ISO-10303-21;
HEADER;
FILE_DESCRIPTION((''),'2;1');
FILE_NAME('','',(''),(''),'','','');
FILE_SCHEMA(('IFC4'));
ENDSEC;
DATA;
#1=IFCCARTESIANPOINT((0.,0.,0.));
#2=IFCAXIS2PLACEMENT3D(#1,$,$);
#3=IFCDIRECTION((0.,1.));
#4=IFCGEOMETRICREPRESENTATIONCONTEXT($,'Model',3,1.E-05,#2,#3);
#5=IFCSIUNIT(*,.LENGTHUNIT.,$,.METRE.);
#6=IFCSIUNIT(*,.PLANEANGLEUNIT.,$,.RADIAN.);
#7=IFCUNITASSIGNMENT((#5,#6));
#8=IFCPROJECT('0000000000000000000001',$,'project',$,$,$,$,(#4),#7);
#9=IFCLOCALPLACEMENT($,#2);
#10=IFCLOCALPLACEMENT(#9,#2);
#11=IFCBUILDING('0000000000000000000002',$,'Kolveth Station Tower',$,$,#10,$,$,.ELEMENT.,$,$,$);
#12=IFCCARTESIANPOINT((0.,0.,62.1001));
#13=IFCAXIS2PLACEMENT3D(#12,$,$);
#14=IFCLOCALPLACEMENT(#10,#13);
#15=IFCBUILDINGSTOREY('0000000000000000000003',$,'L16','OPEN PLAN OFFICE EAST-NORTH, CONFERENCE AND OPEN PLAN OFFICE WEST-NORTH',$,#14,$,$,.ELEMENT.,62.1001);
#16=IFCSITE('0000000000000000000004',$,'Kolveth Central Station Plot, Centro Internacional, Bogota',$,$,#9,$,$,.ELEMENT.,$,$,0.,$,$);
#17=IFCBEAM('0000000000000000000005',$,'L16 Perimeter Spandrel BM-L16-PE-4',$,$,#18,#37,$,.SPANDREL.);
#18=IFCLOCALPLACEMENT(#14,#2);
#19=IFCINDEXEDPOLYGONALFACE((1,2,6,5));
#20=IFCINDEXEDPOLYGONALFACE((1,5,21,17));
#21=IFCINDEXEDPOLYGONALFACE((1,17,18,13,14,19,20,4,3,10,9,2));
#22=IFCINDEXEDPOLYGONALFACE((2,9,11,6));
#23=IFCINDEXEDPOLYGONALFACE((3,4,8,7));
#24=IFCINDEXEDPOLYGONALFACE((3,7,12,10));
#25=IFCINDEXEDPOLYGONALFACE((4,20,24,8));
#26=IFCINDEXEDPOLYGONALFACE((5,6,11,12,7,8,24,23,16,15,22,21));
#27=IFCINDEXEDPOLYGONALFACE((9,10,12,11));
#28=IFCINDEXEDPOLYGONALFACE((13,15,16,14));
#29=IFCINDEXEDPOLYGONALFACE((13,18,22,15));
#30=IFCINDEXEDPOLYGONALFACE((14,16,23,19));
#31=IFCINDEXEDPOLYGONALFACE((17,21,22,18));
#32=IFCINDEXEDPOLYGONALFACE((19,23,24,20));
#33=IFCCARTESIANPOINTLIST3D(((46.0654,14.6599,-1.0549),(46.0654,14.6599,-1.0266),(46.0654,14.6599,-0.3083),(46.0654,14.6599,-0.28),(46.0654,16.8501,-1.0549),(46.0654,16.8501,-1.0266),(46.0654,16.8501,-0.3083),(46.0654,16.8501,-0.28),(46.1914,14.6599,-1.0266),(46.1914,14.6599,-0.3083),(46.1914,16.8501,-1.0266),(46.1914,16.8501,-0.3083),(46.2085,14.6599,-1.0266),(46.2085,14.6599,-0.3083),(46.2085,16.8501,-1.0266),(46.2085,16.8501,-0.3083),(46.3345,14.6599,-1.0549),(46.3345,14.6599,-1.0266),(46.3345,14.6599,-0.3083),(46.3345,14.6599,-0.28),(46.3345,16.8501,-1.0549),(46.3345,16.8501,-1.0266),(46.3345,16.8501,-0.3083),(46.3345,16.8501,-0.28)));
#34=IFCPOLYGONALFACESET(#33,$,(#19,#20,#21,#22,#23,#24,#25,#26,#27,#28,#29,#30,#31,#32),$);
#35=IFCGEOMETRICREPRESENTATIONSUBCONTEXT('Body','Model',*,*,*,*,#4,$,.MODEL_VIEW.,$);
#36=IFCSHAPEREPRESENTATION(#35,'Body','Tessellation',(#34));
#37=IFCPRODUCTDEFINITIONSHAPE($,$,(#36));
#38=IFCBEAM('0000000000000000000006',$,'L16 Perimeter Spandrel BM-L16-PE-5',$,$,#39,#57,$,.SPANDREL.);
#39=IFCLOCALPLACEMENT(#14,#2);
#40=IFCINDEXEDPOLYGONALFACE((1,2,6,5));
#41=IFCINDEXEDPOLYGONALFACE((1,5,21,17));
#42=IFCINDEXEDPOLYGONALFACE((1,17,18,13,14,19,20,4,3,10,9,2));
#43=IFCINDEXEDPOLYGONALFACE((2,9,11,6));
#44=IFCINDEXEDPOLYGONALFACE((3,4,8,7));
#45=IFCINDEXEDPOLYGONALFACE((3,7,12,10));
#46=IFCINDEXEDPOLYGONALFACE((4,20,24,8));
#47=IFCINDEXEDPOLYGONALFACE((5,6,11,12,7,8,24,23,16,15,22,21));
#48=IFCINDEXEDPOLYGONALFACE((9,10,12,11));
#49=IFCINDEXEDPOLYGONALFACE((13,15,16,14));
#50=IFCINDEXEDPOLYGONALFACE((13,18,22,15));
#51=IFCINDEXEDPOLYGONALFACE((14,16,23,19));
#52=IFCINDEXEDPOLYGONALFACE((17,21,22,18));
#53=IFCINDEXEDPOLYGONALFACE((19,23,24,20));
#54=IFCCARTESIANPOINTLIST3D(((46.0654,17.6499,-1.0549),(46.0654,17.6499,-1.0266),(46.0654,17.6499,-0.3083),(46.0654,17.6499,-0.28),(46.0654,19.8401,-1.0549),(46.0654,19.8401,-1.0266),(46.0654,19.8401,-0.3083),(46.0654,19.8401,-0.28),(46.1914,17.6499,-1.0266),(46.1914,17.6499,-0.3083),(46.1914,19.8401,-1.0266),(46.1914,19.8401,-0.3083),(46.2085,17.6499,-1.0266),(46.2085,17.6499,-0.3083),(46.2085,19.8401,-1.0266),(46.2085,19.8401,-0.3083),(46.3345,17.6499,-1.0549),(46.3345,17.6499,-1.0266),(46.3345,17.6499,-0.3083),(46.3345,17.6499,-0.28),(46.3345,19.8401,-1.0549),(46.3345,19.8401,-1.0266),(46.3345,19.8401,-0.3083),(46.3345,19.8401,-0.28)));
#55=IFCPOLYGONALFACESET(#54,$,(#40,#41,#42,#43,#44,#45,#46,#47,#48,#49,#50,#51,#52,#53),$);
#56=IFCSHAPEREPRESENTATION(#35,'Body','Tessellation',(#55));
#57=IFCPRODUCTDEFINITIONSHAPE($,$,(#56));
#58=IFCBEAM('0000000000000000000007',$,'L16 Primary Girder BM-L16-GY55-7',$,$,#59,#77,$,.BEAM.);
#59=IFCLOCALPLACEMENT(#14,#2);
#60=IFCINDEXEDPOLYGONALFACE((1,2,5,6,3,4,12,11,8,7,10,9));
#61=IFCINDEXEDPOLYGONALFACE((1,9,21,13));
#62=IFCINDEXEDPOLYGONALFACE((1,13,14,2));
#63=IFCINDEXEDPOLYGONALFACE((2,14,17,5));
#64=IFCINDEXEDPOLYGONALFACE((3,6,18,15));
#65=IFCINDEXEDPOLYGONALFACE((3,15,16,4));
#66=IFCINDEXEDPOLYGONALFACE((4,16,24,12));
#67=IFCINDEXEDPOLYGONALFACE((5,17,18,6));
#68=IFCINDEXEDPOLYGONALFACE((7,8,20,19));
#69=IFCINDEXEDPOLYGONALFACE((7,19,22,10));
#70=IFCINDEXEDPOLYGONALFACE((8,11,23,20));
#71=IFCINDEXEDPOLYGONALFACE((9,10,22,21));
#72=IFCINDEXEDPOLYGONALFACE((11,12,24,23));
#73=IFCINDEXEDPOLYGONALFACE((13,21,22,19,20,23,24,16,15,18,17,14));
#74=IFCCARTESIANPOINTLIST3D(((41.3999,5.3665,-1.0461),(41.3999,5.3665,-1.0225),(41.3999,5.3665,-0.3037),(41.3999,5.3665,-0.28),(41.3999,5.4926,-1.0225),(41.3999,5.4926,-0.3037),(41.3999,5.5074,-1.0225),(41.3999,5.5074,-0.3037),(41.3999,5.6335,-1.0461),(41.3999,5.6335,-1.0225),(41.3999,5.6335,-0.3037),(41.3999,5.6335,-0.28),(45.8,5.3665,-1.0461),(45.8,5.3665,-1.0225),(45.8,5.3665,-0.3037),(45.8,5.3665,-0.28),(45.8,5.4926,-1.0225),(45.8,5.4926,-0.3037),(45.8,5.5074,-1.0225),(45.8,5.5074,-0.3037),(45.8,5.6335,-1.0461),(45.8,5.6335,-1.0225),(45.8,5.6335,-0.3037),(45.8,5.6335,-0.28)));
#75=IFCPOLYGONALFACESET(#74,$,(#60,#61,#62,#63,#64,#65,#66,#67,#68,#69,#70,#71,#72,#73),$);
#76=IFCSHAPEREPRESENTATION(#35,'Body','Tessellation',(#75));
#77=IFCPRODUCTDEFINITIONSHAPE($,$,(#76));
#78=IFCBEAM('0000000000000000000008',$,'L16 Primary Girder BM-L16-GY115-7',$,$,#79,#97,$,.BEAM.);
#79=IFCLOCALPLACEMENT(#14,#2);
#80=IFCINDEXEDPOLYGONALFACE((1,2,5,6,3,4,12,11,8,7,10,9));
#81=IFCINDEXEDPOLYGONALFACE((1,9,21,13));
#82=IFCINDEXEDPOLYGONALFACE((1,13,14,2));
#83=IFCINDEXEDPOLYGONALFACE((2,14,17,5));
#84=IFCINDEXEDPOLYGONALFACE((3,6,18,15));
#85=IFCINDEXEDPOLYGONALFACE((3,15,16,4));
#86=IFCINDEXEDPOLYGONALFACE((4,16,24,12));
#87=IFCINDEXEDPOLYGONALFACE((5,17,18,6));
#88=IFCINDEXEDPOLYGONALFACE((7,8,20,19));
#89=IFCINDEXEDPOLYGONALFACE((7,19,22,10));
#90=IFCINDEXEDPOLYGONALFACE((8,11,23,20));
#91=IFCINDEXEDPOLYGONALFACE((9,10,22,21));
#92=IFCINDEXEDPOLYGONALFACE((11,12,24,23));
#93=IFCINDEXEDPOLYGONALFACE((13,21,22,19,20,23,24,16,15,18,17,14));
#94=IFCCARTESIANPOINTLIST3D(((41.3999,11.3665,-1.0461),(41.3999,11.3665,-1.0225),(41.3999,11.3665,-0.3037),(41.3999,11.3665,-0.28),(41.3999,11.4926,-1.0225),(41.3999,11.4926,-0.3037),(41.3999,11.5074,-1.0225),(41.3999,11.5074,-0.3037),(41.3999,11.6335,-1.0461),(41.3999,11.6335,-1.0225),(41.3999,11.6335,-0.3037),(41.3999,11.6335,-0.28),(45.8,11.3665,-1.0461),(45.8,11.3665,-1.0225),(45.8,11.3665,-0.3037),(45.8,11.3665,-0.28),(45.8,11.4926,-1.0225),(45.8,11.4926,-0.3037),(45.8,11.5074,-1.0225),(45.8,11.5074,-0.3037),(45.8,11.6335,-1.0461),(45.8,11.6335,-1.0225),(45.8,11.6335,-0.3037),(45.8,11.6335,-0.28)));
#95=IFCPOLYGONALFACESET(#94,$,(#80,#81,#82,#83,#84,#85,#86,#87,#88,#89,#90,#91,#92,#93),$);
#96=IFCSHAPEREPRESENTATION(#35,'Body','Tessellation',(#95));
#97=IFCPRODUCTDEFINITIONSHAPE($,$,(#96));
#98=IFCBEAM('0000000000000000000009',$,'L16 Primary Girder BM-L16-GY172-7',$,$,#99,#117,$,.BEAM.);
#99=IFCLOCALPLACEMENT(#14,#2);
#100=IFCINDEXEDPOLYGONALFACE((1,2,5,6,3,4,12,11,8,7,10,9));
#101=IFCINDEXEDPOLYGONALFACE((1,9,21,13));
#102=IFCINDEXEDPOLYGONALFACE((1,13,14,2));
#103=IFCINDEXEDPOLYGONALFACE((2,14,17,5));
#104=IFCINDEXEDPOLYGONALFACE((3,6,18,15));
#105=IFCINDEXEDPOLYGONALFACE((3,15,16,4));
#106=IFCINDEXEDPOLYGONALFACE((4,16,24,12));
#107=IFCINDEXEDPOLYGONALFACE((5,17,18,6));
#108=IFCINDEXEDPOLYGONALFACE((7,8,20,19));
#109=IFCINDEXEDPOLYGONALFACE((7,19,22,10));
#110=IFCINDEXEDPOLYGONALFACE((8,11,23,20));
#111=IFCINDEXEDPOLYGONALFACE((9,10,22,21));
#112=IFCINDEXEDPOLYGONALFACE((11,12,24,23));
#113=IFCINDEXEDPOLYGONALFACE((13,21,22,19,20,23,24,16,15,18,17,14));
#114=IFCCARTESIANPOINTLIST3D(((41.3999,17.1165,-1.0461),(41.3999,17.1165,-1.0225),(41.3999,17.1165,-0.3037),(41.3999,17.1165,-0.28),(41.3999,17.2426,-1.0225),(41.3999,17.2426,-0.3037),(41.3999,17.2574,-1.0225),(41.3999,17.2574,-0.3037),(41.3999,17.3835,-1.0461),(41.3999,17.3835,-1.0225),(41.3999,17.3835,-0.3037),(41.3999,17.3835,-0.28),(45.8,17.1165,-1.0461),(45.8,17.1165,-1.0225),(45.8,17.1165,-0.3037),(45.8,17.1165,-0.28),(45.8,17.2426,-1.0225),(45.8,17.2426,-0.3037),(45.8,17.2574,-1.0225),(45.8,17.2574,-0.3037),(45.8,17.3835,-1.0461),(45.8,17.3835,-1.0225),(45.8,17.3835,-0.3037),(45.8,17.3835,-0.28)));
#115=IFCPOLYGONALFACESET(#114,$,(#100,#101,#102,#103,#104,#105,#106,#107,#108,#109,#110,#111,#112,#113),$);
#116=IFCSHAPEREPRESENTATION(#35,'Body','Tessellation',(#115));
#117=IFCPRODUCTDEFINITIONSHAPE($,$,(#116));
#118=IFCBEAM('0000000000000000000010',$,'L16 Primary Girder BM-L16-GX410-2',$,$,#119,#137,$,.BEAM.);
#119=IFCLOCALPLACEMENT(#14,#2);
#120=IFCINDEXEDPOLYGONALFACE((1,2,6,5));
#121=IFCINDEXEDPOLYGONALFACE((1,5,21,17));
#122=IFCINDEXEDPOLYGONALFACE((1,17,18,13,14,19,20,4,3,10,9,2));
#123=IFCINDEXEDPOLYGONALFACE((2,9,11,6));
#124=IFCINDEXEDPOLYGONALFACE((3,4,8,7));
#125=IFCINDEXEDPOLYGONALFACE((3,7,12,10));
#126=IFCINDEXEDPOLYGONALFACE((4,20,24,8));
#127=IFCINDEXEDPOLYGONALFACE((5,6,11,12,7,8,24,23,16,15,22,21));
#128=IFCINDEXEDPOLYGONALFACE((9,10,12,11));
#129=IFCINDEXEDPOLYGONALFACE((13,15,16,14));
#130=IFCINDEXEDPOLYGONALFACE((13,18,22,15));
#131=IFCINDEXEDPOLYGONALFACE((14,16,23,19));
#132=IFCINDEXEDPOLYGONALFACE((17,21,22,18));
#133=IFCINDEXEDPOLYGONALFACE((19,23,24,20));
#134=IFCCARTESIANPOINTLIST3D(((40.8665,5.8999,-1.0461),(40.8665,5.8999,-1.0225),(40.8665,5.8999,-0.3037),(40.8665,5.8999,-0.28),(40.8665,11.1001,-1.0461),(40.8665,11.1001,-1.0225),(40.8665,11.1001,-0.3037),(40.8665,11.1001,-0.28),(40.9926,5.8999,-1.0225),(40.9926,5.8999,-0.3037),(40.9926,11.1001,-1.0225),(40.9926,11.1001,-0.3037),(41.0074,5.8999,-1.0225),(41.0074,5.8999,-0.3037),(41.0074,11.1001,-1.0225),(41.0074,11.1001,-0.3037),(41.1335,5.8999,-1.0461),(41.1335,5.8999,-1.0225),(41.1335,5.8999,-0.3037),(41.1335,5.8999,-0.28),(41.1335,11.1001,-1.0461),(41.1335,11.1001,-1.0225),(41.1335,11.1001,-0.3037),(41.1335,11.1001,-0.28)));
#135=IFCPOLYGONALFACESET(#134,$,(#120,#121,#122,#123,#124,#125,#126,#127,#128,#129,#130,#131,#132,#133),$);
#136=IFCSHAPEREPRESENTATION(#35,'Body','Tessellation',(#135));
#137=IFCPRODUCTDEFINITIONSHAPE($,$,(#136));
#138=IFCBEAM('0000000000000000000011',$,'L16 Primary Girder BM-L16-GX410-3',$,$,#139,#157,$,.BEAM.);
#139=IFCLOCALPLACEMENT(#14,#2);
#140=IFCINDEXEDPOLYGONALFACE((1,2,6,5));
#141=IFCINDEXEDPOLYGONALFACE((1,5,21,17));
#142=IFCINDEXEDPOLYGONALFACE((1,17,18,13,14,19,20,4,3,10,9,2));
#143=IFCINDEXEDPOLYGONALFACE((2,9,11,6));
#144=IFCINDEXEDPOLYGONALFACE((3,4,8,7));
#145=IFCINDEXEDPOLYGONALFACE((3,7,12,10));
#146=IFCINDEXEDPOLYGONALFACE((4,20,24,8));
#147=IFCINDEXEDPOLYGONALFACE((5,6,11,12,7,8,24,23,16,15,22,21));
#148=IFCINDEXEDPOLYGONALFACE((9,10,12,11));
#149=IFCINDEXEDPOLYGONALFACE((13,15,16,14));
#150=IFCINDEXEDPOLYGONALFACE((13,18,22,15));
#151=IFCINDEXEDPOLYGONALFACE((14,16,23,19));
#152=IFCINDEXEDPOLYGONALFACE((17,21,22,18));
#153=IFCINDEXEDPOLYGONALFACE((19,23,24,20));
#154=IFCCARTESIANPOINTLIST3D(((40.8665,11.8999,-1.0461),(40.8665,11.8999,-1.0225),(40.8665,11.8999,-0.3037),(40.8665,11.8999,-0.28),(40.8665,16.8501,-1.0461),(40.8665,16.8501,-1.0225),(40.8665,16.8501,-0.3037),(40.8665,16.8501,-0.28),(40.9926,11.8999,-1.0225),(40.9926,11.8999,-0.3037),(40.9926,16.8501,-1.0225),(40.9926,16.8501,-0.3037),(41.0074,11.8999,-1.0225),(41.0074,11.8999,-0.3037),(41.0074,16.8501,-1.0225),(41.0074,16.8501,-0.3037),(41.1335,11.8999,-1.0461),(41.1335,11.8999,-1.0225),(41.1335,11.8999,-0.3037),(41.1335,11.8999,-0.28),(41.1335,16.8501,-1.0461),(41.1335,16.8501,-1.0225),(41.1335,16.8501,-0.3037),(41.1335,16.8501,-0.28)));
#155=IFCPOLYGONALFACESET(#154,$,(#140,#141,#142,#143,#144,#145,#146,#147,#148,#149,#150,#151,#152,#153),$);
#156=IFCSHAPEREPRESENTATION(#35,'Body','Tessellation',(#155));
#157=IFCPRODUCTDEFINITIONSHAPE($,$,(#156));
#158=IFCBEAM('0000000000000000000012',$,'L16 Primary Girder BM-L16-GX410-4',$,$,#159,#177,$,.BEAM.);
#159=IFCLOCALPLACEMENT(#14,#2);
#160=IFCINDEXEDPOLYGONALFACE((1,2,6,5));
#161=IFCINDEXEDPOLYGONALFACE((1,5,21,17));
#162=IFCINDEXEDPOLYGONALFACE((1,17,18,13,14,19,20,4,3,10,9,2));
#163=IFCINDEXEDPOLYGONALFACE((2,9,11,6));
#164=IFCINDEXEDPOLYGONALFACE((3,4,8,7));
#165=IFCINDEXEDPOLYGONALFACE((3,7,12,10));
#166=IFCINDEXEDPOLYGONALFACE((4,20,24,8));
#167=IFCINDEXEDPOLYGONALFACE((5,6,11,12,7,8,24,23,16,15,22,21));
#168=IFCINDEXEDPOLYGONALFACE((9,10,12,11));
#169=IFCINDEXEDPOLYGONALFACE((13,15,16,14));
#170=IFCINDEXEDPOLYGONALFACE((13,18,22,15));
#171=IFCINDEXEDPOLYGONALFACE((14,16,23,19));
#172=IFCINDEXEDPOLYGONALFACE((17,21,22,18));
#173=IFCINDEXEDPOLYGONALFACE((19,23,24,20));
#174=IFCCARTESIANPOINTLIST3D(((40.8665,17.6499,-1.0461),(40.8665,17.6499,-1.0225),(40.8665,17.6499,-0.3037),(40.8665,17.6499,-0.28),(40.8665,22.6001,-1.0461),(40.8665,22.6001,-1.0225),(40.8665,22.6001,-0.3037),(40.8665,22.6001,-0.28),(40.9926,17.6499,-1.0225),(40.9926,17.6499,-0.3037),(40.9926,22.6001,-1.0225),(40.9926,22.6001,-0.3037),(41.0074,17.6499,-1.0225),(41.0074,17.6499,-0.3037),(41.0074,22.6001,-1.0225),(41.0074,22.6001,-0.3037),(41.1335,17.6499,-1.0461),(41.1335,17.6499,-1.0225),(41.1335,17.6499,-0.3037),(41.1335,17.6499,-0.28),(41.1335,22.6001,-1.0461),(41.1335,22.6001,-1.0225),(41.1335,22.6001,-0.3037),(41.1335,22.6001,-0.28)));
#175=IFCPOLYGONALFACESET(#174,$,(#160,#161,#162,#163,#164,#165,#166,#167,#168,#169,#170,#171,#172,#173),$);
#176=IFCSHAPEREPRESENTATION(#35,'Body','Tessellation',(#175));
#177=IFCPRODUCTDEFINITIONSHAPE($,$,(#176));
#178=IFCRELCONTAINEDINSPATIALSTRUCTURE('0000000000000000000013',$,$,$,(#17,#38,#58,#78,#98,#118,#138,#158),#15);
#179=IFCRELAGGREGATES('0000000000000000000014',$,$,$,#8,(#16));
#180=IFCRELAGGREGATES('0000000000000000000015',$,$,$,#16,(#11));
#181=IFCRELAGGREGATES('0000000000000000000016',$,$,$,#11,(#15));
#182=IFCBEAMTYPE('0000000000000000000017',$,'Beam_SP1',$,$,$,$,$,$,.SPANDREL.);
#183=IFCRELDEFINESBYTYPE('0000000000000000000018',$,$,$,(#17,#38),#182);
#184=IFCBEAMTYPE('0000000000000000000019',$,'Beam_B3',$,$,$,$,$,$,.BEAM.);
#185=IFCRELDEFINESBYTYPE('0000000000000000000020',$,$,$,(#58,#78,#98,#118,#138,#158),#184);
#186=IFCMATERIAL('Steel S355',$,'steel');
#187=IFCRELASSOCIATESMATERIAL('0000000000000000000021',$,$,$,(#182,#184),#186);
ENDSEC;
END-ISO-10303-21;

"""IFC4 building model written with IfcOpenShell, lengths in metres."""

from ifc_helpers import new_model, si_unit, direction, frame, origin, origin_2d, place, context, subcontext, project, spatial, i_section, extrude, source, transform, mapped, material, material_profile, profile_set, type_object, element, save


model = new_model("IFC4")

# Units and contexts
model_context = context("Model", 3, precision=1e-05, world=origin(), true_north=direction((0.0, 1.0)))
body_context = subcontext(model_context, "Body", "Model", "MODEL_VIEW")
ifc_project = project(units=[si_unit("LENGTHUNIT", "METRE"), si_unit("PLANEANGLEUNIT", "RADIAN")], contexts=[model_context])

# Site, building, storey
site_placement = place(None, origin())
site = spatial("IfcSite", under=ifc_project, at=site_placement, Name="Kolveth Central Station Plot, Centro Internacional, Bogota", CompositionType="ELEMENT", RefElevation=0.0)
building_placement = place(site_placement, origin())
building = spatial("IfcBuilding", under=site, at=building_placement, Name="Kolveth Station Tower", CompositionType="ELEMENT")
storey_placement = place(building_placement, frame((0.0, 0.0, 62.1001)))
storey = spatial("IfcBuildingStorey", under=building, at=storey_placement, Name="L16", Description="OPEN PLAN OFFICE EAST-NORTH, CONFERENCE AND OPEN PLAN OFFICE WEST-NORTH", CompositionType="ELEMENT", Elevation=62.1001)

# Shared definitions
ifc_material_1 = material(Name="Steel S355", Category="steel")

# Beams
ifc_material_profile_1 = material_profile(ifc_material_1, i_section(OverallWidth=0.269, OverallDepth=0.7749, WebThickness=0.0171, FlangeThickness=0.0283, at=origin_2d()), Name="W760x220")
ifc_profile_set_1 = profile_set([ifc_material_profile_1], Name="Steel S355")
beam_type_1 = type_object("IfcBeamType", Name="Beam_SP1", PredefinedType="SPANDREL", material=ifc_profile_set_1)
shared_shape_1 = source(origin(), body_context, "Body", "SweptSolid", [
    extrude(i_section(OverallWidth=0.269, OverallDepth=0.7749, WebThickness=0.0171, FlangeThickness=0.0283, at=origin_2d()), origin(), (0.0, 0.0, 1.0), 2.1902),
])
for number, where, z_axis, x_axis, name in (
    (1, (46.2, 14.6599, -0.6675), (0.0, 1.0, 0.0), (-1.0, 0.0, 0.0), "L16 Perimeter Spandrel BM-L16-PE-4"),
    (2, (46.2, 17.6499, -0.6675), (0.0, 1.0, 0.0), (-1.0, 0.0, 0.0), "L16 Perimeter Spandrel BM-L16-PE-5"),
):
    element("IfcBeam", number, at=place(storey_placement, frame(where, z_axis=z_axis, x_axis=x_axis)), inside=storey, type_object=beam_type_1, Name=name, PredefinedType="SPANDREL", context=body_context, shape_type="MappedRepresentation", body=[
        mapped(shared_shape_1, transform((0.0, 0.0, 0.0), x_axis=(1.0, 0.0, 0.0), y_axis=(0.0, 1.0, 0.0), z_axis=(0.0, 0.0, 1.0), scale=1.0)),
    ])
ifc_material_profile_2 = material_profile(ifc_material_1, i_section(OverallWidth=0.2671, OverallDepth=0.7661, WebThickness=0.0149, FlangeThickness=0.0237, at=origin_2d()), Name="W760x185")
ifc_profile_set_2 = profile_set([ifc_material_profile_2], Name="Steel S355")
beam_type_2 = type_object("IfcBeamType", Name="Beam_B3", PredefinedType="BEAM", material=ifc_profile_set_2)
shared_shape_2 = source(origin(), body_context, "Body", "SweptSolid", [
    extrude(i_section(OverallWidth=0.2671, OverallDepth=0.7661, WebThickness=0.0149, FlangeThickness=0.0237, at=origin_2d()), origin(), (0.0, 0.0, 1.0), 4.4001),
])
for number, where, z_axis, x_axis, name in (
    (3, (41.3999, 5.5, -0.6631), (1.0, 0.0, 0.0), (0.0, 1.0, 0.0), "L16 Primary Girder BM-L16-GY55-7"),
    (4, (41.3999, 11.5, -0.6631), (1.0, 0.0, 0.0), (0.0, 1.0, 0.0), "L16 Primary Girder BM-L16-GY115-7"),
    (5, (41.3999, 17.25, -0.6631), (1.0, 0.0, 0.0), (0.0, 1.0, 0.0), "L16 Primary Girder BM-L16-GY172-7"),
):
    element("IfcBeam", number, at=place(storey_placement, frame(where, z_axis=z_axis, x_axis=x_axis)), inside=storey, type_object=beam_type_2, Name=name, PredefinedType="BEAM", context=body_context, shape_type="MappedRepresentation", body=[
        mapped(shared_shape_2, transform((0.0, 0.0, 0.0), x_axis=(1.0, 0.0, 0.0), y_axis=(0.0, 1.0, 0.0), z_axis=(0.0, 0.0, 1.0), scale=1.0)),
    ])
shared_shape_3 = source(origin(), body_context, "Body", "SweptSolid", [
    extrude(i_section(OverallWidth=0.2671, OverallDepth=0.7661, WebThickness=0.0149, FlangeThickness=0.0237, at=origin_2d()), origin(), (0.0, 0.0, 1.0), 5.2002),
])
beam_1_placement = place(storey_placement, frame((41.0, 5.8999, -0.6631), z_axis=(0.0, 1.0, 0.0), x_axis=(-1.0, 0.0, 0.0)))
element("IfcBeam", 6, at=beam_1_placement, inside=storey, type_object=beam_type_2, Name="L16 Primary Girder BM-L16-GX410-2", PredefinedType="BEAM", context=body_context, shape_type="MappedRepresentation", body=[
    mapped(shared_shape_3, transform((0.0, 0.0, 0.0), x_axis=(1.0, 0.0, 0.0), y_axis=(0.0, 1.0, 0.0), z_axis=(0.0, 0.0, 1.0), scale=1.0)),
])
shared_shape_4 = source(origin(), body_context, "Body", "SweptSolid", [
    extrude(i_section(OverallWidth=0.2671, OverallDepth=0.7661, WebThickness=0.0149, FlangeThickness=0.0237, at=origin_2d()), origin(), (0.0, 0.0, 1.0), 4.9502),
])
for number, where, z_axis, x_axis, name in (
    (7, (41.0, 11.8999, -0.6631), (0.0, 1.0, 0.0), (-1.0, 0.0, 0.0), "L16 Primary Girder BM-L16-GX410-3"),
    (8, (41.0, 17.6499, -0.6631), (0.0, 1.0, 0.0), (-1.0, 0.0, 0.0), "L16 Primary Girder BM-L16-GX410-4"),
):
    element("IfcBeam", number, at=place(storey_placement, frame(where, z_axis=z_axis, x_axis=x_axis)), inside=storey, type_object=beam_type_2, Name=name, PredefinedType="BEAM", context=body_context, shape_type="MappedRepresentation", body=[
        mapped(shared_shape_4, transform((0.0, 0.0, 0.0), x_axis=(1.0, 0.0, 0.0), y_axis=(0.0, 1.0, 0.0), z_axis=(0.0, 0.0, 1.0), scale=1.0)),
    ])

save(model, "model.ifc")
